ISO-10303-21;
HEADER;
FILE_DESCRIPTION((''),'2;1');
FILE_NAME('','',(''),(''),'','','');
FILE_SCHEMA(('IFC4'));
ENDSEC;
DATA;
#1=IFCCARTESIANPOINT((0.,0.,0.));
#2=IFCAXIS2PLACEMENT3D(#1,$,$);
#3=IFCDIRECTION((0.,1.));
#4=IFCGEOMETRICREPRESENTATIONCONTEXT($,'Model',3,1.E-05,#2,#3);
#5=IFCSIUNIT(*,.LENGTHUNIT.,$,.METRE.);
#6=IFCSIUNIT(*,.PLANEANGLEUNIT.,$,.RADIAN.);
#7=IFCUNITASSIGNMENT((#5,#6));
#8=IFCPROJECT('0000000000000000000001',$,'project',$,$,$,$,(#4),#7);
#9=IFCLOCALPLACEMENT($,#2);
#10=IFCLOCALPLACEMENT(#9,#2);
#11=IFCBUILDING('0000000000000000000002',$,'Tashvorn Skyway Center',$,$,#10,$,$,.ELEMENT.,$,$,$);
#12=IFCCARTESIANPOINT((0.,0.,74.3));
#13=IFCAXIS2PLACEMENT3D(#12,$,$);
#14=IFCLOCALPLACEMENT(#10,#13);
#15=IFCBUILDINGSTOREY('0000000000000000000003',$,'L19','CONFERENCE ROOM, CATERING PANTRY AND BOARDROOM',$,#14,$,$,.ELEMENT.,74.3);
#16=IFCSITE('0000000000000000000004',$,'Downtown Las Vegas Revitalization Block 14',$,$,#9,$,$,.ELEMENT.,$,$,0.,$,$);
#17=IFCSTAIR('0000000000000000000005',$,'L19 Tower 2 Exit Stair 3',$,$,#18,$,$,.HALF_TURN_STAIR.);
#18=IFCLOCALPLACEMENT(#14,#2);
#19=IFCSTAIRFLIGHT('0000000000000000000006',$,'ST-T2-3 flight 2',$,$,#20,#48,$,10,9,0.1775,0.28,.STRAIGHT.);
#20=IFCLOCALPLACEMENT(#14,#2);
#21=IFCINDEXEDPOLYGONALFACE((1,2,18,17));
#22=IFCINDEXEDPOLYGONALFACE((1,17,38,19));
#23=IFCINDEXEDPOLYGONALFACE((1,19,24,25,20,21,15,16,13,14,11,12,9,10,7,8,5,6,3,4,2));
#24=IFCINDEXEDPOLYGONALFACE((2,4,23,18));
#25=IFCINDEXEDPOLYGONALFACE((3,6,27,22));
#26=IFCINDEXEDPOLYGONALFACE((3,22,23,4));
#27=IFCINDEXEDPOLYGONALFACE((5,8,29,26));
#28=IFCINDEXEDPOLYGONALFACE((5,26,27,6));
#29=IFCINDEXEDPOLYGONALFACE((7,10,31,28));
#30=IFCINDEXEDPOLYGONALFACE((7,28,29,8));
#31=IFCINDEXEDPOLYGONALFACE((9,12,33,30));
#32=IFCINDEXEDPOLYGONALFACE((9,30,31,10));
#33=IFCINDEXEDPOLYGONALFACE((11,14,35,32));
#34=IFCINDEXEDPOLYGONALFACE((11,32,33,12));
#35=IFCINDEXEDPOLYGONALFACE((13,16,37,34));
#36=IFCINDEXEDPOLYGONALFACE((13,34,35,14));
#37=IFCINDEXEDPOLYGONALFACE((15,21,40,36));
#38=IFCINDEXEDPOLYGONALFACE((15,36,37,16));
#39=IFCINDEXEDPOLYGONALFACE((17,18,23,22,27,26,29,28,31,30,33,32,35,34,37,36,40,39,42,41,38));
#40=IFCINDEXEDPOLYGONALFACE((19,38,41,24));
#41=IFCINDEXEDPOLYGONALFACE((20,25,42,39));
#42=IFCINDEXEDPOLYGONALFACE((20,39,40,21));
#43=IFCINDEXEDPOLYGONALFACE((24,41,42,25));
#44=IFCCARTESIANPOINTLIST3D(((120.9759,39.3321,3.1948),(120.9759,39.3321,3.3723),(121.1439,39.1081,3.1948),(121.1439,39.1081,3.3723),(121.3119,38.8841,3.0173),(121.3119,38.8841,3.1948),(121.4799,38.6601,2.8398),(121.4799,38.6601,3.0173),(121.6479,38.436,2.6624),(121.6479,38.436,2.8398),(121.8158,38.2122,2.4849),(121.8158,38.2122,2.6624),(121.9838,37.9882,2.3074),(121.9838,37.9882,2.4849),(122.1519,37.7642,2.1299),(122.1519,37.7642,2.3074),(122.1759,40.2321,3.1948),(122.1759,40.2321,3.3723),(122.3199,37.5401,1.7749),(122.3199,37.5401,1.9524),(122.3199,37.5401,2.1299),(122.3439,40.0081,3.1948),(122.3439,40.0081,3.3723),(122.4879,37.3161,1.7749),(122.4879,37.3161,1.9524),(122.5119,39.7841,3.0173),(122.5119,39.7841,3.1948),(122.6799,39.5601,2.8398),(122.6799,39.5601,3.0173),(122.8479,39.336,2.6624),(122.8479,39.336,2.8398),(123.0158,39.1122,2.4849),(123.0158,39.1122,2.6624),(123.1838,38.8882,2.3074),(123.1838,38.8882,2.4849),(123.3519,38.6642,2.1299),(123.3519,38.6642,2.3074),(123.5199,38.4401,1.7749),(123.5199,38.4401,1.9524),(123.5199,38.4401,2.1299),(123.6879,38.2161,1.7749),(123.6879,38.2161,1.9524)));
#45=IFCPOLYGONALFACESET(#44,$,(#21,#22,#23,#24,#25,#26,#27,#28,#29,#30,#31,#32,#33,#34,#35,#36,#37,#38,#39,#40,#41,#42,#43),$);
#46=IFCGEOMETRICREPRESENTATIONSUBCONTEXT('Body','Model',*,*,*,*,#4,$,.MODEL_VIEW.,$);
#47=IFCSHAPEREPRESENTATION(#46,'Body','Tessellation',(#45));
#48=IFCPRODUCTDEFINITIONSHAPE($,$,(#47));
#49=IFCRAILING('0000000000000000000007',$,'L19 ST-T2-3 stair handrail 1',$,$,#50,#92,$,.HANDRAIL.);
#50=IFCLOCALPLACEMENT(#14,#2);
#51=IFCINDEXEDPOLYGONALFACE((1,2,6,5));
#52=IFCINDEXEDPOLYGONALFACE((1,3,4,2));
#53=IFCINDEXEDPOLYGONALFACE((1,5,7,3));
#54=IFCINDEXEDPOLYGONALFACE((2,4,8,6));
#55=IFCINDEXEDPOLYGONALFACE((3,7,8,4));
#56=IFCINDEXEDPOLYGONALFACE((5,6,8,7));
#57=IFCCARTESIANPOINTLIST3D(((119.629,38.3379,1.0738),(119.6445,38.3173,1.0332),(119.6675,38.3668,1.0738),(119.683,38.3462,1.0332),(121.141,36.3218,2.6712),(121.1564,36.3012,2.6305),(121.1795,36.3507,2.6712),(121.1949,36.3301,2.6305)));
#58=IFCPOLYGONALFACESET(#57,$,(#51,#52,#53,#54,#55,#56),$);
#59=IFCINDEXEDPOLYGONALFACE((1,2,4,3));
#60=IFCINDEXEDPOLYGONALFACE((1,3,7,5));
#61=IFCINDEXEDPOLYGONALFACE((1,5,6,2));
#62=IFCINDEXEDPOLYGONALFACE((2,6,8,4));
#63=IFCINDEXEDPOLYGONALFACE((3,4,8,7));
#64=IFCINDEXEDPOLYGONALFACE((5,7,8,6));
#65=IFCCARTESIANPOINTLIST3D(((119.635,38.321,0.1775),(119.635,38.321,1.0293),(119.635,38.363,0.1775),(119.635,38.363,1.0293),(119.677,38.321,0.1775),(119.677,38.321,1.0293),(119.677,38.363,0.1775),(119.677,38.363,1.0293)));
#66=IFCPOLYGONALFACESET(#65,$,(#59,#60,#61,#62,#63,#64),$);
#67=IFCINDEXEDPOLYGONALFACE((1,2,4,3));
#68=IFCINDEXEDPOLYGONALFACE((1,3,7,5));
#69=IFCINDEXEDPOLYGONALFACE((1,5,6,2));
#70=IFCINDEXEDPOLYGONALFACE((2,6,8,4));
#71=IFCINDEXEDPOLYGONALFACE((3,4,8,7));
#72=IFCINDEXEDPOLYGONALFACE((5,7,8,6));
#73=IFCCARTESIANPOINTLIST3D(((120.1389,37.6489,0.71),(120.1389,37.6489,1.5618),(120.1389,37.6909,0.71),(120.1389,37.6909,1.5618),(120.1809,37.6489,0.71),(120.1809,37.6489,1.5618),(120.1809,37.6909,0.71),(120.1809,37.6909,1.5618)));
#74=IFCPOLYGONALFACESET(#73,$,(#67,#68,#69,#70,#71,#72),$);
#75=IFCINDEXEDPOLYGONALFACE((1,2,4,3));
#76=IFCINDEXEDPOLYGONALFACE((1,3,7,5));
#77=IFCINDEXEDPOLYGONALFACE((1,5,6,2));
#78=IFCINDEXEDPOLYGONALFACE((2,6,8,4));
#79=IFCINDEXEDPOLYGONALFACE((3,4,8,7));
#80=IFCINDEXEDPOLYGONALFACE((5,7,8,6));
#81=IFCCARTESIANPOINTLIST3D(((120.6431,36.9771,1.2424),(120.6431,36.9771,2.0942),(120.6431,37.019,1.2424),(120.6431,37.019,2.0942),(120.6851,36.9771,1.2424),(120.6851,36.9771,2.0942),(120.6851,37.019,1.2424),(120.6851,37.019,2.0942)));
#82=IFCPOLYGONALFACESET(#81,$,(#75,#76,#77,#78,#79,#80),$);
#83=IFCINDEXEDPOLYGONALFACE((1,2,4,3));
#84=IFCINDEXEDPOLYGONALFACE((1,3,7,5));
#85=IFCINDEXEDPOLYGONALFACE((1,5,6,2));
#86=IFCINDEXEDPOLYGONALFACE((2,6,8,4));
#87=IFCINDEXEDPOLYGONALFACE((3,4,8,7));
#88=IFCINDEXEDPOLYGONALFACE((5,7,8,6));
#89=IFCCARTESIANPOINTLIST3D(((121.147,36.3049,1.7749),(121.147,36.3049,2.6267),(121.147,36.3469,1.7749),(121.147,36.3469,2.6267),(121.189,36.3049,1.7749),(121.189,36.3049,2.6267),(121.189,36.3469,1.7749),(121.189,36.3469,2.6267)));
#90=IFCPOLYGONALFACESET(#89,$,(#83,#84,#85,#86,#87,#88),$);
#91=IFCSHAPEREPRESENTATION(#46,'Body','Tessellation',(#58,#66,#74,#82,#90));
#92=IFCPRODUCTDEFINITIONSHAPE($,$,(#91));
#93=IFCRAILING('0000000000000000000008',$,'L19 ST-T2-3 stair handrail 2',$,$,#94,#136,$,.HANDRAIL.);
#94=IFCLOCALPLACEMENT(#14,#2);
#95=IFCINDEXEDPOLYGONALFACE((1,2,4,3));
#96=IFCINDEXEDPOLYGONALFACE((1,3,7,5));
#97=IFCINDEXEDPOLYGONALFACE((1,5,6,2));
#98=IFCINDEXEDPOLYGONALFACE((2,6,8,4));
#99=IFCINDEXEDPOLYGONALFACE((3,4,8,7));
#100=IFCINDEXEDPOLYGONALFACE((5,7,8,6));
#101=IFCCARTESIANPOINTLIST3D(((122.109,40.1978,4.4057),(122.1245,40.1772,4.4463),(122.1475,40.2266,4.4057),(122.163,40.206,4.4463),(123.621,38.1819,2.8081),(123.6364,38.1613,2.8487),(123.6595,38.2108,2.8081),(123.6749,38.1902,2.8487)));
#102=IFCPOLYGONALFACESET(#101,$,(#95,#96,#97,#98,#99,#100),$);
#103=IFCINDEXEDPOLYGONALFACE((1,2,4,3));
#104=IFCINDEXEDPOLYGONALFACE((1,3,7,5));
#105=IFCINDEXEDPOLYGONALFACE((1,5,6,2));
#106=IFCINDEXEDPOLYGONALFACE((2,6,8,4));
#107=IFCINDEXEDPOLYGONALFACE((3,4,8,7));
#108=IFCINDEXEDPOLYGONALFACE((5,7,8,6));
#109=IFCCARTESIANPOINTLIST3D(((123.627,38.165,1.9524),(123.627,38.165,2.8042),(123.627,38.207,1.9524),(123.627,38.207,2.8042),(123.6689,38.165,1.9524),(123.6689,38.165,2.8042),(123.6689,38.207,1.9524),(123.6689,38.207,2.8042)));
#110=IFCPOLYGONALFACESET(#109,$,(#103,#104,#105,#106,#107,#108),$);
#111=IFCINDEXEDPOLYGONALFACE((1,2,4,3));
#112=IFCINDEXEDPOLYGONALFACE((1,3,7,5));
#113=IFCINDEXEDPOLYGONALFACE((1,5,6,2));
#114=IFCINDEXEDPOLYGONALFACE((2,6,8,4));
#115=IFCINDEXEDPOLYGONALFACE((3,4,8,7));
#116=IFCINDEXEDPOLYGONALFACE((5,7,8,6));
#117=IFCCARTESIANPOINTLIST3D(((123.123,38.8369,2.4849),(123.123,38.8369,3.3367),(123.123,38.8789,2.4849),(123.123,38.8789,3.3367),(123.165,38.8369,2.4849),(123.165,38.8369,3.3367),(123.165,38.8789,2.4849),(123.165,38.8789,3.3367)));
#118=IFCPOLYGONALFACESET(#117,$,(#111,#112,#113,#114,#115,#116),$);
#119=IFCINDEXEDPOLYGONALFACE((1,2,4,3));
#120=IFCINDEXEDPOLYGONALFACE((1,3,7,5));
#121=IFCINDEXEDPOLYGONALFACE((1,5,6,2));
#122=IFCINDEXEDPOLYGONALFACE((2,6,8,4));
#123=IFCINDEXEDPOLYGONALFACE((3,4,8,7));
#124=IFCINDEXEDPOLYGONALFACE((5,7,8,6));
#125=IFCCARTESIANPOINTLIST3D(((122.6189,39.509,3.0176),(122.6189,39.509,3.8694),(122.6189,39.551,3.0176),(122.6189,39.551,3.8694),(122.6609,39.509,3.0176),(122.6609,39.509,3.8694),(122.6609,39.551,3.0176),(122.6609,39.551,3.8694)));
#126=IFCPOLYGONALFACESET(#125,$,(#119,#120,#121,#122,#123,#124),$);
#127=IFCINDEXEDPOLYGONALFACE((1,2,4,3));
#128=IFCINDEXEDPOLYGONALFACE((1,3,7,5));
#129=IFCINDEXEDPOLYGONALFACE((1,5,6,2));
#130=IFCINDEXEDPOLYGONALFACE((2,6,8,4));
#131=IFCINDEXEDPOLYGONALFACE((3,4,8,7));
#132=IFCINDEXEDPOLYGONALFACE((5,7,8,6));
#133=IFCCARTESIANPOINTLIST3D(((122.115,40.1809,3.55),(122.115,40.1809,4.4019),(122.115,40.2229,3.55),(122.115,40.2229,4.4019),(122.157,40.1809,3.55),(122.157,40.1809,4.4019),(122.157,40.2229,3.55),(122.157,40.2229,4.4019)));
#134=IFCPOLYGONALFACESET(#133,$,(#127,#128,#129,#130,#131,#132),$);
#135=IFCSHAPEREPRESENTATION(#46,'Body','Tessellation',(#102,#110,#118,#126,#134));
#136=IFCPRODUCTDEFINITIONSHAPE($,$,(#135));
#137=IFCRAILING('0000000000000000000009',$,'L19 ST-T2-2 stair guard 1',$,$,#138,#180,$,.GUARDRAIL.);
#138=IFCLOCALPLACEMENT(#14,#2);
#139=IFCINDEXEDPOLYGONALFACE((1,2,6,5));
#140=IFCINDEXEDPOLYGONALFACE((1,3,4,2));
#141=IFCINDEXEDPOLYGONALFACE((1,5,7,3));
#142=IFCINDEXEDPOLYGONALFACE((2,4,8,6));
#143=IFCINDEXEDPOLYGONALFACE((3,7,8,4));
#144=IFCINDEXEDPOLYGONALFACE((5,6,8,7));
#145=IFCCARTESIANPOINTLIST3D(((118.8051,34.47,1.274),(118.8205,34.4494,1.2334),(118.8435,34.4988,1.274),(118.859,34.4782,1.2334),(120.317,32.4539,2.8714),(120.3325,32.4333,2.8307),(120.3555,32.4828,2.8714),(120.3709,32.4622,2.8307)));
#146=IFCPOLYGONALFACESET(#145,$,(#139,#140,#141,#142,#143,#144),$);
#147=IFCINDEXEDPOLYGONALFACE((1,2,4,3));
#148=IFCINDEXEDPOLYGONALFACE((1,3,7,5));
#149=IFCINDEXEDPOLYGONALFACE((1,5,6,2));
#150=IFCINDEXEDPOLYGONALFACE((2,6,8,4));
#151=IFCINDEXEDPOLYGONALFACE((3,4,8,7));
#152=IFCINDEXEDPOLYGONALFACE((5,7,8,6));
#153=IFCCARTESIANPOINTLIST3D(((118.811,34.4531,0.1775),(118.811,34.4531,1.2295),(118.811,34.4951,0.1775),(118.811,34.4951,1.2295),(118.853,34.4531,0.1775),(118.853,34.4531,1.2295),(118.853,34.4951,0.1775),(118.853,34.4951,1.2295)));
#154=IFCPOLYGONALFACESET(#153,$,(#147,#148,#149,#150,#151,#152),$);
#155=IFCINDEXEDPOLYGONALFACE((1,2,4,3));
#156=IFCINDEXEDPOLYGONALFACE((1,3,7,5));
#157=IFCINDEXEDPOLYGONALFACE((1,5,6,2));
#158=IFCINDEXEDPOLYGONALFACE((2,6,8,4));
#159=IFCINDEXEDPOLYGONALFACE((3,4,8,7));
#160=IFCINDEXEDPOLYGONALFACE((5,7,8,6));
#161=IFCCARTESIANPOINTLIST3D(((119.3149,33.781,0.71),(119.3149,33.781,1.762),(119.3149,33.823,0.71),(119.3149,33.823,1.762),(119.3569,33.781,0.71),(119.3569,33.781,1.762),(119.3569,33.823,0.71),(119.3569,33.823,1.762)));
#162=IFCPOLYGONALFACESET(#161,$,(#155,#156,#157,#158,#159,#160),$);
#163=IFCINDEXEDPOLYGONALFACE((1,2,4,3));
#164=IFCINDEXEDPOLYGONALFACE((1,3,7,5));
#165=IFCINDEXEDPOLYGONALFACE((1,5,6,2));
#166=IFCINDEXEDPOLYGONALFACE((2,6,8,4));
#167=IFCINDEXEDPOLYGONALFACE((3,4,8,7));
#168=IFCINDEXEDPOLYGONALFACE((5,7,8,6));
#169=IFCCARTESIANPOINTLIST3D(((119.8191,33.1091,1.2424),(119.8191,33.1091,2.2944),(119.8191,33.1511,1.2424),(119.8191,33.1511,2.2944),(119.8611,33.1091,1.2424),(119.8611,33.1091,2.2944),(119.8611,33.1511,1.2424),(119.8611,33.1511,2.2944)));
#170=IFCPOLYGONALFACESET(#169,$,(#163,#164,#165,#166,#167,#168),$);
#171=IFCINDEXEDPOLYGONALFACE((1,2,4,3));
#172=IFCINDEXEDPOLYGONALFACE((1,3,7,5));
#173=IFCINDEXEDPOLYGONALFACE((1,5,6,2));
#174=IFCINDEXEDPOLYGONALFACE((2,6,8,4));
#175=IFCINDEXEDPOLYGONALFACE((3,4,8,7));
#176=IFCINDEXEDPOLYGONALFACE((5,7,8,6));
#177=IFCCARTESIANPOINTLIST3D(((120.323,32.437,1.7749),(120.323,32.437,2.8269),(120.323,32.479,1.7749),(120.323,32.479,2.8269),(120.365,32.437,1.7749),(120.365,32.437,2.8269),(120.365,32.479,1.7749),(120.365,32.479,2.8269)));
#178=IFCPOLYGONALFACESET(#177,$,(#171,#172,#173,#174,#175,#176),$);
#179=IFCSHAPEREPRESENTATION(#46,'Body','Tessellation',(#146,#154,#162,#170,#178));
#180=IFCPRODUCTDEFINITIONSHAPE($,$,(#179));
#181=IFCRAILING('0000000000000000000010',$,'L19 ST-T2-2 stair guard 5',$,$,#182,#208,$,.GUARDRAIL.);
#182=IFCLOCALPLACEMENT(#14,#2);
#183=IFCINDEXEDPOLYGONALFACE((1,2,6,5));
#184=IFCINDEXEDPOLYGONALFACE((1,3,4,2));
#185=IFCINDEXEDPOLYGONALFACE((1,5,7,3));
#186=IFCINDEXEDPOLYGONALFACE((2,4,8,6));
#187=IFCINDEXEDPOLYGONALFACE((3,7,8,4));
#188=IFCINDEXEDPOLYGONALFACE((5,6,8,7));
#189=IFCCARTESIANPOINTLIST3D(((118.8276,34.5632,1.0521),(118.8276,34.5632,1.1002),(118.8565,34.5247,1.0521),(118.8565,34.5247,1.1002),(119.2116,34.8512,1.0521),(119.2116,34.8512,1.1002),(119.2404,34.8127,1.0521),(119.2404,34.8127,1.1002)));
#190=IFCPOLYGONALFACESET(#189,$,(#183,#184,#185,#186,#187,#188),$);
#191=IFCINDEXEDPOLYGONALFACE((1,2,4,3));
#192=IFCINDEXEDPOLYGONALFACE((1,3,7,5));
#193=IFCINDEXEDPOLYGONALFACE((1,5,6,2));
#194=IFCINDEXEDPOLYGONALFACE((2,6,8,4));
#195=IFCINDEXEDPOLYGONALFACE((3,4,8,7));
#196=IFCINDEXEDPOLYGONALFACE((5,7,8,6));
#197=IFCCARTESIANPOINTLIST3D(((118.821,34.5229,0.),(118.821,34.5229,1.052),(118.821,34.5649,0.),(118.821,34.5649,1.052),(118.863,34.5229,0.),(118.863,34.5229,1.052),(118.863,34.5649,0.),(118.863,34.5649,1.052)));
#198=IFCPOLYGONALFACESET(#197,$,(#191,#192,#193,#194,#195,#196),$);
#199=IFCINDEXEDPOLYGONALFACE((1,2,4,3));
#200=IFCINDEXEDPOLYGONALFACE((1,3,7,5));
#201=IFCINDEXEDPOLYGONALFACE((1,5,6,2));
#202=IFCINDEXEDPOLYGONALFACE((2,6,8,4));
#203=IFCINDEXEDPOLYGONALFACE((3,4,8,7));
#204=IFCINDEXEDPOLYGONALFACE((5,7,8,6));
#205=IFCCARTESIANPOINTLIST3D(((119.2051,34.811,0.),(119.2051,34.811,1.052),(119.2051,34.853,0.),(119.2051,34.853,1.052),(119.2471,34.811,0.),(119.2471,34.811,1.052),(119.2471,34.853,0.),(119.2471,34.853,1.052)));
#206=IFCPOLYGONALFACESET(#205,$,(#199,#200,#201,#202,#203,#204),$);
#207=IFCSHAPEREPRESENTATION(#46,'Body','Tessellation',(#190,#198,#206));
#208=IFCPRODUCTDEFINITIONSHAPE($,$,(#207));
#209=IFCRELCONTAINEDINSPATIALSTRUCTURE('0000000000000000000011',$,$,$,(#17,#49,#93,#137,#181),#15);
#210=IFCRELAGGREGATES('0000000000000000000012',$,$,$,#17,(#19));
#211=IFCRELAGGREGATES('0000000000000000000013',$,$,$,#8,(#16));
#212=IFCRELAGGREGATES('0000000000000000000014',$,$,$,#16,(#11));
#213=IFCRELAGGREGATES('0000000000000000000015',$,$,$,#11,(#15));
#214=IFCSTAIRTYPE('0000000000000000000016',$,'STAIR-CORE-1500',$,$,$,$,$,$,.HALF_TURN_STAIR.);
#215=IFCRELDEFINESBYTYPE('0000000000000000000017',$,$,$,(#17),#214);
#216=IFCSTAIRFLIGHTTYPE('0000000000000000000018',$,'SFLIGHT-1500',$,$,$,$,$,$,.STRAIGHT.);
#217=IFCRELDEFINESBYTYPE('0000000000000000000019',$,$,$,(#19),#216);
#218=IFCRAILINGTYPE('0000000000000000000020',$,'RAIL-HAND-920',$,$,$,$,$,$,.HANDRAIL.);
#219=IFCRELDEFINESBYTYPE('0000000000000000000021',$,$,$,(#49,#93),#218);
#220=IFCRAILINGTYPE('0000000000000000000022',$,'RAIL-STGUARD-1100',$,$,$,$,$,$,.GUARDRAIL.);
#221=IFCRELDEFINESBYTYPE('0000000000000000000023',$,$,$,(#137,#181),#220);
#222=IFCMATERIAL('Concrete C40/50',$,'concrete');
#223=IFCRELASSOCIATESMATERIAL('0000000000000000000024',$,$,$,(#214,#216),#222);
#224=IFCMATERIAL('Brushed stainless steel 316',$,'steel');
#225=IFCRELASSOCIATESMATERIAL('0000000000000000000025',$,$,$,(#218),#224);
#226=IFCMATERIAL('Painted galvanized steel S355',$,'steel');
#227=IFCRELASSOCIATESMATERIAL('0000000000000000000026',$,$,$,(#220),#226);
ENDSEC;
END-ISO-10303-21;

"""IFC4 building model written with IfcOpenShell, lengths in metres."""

from ifc_helpers import new_model, si_unit, direction, frame, origin, origin_2d, place, context, subcontext, project, spatial, polyline, rectangle, outline, extrude, material, type_object, element, aggregate, save


model = new_model("IFC4")

# Units and contexts
model_context = context("Model", 3, precision=1e-05, world=origin(), true_north=direction((0.0, 1.0)))
body_context = subcontext(model_context, "Body", "Model", "MODEL_VIEW")
ifc_project = project(units=[si_unit("LENGTHUNIT", "METRE"), si_unit("PLANEANGLEUNIT", "RADIAN")], contexts=[model_context])

# Site, building, storey
site_placement = place(None, origin())
site = spatial("IfcSite", under=ifc_project, at=site_placement, Name="Downtown Las Vegas Revitalization Block 14", CompositionType="ELEMENT", RefElevation=0.0)
building_placement = place(site_placement, origin())
building = spatial("IfcBuilding", under=site, at=building_placement, Name="Tashvorn Skyway Center", CompositionType="ELEMENT")
storey_placement = place(building_placement, frame((0.0, 0.0, 74.3)))
storey = spatial("IfcBuildingStorey", under=building, at=storey_placement, Name="L19", Description="CONFERENCE ROOM, CATERING PANTRY AND BOARDROOM", CompositionType="ELEMENT", Elevation=74.3)

# Shared definitions
ifc_material_1 = material(Name="Concrete C40/50", Category="concrete")

# Shared definitions
stair_type = type_object("IfcStairType", Name="STAIR-CORE-1500", PredefinedType="HALF_TURN_STAIR", material=ifc_material_1)
stair_flight_type = type_object("IfcStairFlightType", Name="SFLIGHT-1500", PredefinedType="STRAIGHT", material=ifc_material_1)

# Stair, stair flight
stair_1_placement = place(storey_placement, origin())
stair_1 = element("IfcStair", 1, at=stair_1_placement, inside=storey, type_object=stair_type, Name="L19 Tower 2 Exit Stair 3", PredefinedType="HALF_TURN_STAIR")
stair_flight_1_placement = place(storey_placement, frame((123.0879, 37.7661, 1.7749), z_axis=(0.0, 0.0, 1.0), x_axis=(-0.6, 0.8, 0.0)))
stair_flight_1 = element("IfcStairFlight", 2, at=stair_flight_1_placement, type_object=stair_flight_type, Name="ST-T2-3 flight 2", NumberOfRisers=10, NumberOfTreads=9, PredefinedType="STRAIGHT", RiserHeight=0.1775, TreadLength=0.28, context=body_context, shape_type="SweptSolid", body=[
    extrude(outline(polyline([(0.0, 0.0), (0.0, 0.1775), (0.28, 0.1775), (0.28, 0.355), (0.5601, 0.355), (0.5601, 0.5325), (0.8401, 0.5325), (0.8401, 0.71), (1.1201, 0.71), (1.1201, 0.8875), (1.3999, 0.8875), (1.3999, 1.0649), (1.6799, 1.0649), (1.6799, 1.2424), (1.96, 1.2424), (1.96, 1.4199), (2.24, 1.4199), (2.24, 1.5974), (2.52, 1.5974), (2.52, 1.7749), (2.52, 1.4199), (0.28, 0.0), (0.0, 0.0)])), frame((0.0, 0.75, 0.0), z_axis=(0.0, -1.0, 0.0), x_axis=(1.0, 0.0, 0.0)), (0.0, 0.0, 1.0), 1.5),
])
aggregate(stair_1, [stair_flight_1])

# Railings
ifc_material_2 = material(Name="Brushed stainless steel 316", Category="steel")
railing_type_1 = type_object("IfcRailingType", Name="RAIL-HAND-920", PredefinedType="HANDRAIL", material=ifc_material_2)
railing_1_placement = place(storey_placement, frame((119.656, 38.342, 0.1775)))
element("IfcRailing", 3, at=railing_1_placement, inside=storey, type_object=railing_type_1, Name="L19 ST-T2-3 stair handrail 1", PredefinedType="HANDRAIL", context=body_context, shape_type="SweptSolid", body=[
    extrude(rectangle(XDim=0.0481, YDim=0.0481, at=origin_2d()), frame((0.0, 0.0, 0.876), z_axis=(0.506741, -0.675709, 0.535379), x_axis=(0.800023, 0.599969, 0.0)), (0.0, 0.0, 1.0), 2.9836),
    extrude(rectangle(XDim=0.042, YDim=0.042, at=origin_2d()), origin(), (0.0, 0.0, 1.0), 0.8518),
    extrude(rectangle(XDim=0.042, YDim=0.042, at=origin_2d()), frame((0.5039, -0.6721, 0.5325)), (0.0, 0.0, 1.0), 0.8518),
    extrude(rectangle(XDim=0.042, YDim=0.042, at=origin_2d()), frame((1.0081, -1.344, 1.0649)), (0.0, 0.0, 1.0), 0.8518),
    extrude(rectangle(XDim=0.042, YDim=0.042, at=origin_2d()), frame((1.512, -2.0161, 1.5974)), (0.0, 0.0, 1.0), 0.8518),
])
railing_2_placement = place(storey_placement, frame((123.6479, 38.186, 1.9524)))
element("IfcRailing", 4, at=railing_2_placement, inside=storey, type_object=railing_type_1, Name="L19 ST-T2-3 stair handrail 2", PredefinedType="HANDRAIL", context=body_context, shape_type="SweptSolid", body=[
    extrude(rectangle(XDim=0.0481, YDim=0.0481, at=origin_2d()), frame((0.0, 0.0, 0.876), z_axis=(-0.506747, 0.675635, 0.535467), x_axis=(-0.799988, -0.600016, 0.0)), (0.0, 0.0, 1.0), 2.9836),
    extrude(rectangle(XDim=0.042, YDim=0.042, at=origin_2d()), origin(), (0.0, 0.0, 1.0), 0.8518),
    extrude(rectangle(XDim=0.042, YDim=0.042, at=origin_2d()), frame((-0.5039, 0.6719, 0.5325)), (0.0, 0.0, 1.0), 0.8518),
    extrude(rectangle(XDim=0.042, YDim=0.042, at=origin_2d()), frame((-1.0081, 1.344, 1.0652)), (0.0, 0.0, 1.0), 0.8518),
    extrude(rectangle(XDim=0.042, YDim=0.042, at=origin_2d()), frame((-1.512, 2.0159, 1.5977)), (0.0, 0.0, 1.0), 0.8518),
])
ifc_material_3 = material(Name="Painted galvanized steel S355", Category="steel")
railing_type_2 = type_object("IfcRailingType", Name="RAIL-STGUARD-1100", PredefinedType="GUARDRAIL", material=ifc_material_3)
railing_3_placement = place(storey_placement, frame((118.832, 34.4741, 0.1775)))
element("IfcRailing", 5, at=railing_3_placement, inside=storey, type_object=railing_type_2, Name="L19 ST-T2-2 stair guard 1", PredefinedType="GUARDRAIL", context=body_context, shape_type="SweptSolid", body=[
    extrude(rectangle(XDim=0.0481, YDim=0.0481, at=origin_2d()), frame((0.0, 0.0, 1.0762), z_axis=(0.506741, -0.675709, 0.535379), x_axis=(0.800023, 0.599969, 0.0)), (0.0, 0.0, 1.0), 2.9836),
    extrude(rectangle(XDim=0.042, YDim=0.042, at=origin_2d()), origin(), (0.0, 0.0, 1.0), 1.052),
    extrude(rectangle(XDim=0.042, YDim=0.042, at=origin_2d()), frame((0.5039, -0.6721, 0.5325)), (0.0, 0.0, 1.0), 1.052),
    extrude(rectangle(XDim=0.042, YDim=0.042, at=origin_2d()), frame((1.0081, -1.344, 1.0649)), (0.0, 0.0, 1.0), 1.052),
    extrude(rectangle(XDim=0.042, YDim=0.042, at=origin_2d()), frame((1.512, -2.0161, 1.5974)), (0.0, 0.0, 1.0), 1.052),
])
railing_4_placement = place(storey_placement, frame((118.842, 34.5439, 0.0)))
element("IfcRailing", 6, at=railing_4_placement, inside=storey, type_object=railing_type_2, Name="L19 ST-T2-2 stair guard 5", PredefinedType="GUARDRAIL", context=body_context, shape_type="SweptSolid", body=[
    extrude(rectangle(XDim=0.0481, YDim=0.0481, at=origin_2d()), frame((0.0, 0.0, 1.0762), z_axis=(0.799939, 0.600081, 0.0), x_axis=(-0.600081, 0.799939, 0.0)), (0.0, 0.0, 1.0), 0.48),
    extrude(rectangle(XDim=0.042, YDim=0.042, at=origin_2d()), origin(), (0.0, 0.0, 1.0), 1.052),
    extrude(rectangle(XDim=0.042, YDim=0.042, at=origin_2d()), frame((0.384, 0.2881, 0.0)), (0.0, 0.0, 1.0), 1.052),
])

save(model, "model.ifc")
